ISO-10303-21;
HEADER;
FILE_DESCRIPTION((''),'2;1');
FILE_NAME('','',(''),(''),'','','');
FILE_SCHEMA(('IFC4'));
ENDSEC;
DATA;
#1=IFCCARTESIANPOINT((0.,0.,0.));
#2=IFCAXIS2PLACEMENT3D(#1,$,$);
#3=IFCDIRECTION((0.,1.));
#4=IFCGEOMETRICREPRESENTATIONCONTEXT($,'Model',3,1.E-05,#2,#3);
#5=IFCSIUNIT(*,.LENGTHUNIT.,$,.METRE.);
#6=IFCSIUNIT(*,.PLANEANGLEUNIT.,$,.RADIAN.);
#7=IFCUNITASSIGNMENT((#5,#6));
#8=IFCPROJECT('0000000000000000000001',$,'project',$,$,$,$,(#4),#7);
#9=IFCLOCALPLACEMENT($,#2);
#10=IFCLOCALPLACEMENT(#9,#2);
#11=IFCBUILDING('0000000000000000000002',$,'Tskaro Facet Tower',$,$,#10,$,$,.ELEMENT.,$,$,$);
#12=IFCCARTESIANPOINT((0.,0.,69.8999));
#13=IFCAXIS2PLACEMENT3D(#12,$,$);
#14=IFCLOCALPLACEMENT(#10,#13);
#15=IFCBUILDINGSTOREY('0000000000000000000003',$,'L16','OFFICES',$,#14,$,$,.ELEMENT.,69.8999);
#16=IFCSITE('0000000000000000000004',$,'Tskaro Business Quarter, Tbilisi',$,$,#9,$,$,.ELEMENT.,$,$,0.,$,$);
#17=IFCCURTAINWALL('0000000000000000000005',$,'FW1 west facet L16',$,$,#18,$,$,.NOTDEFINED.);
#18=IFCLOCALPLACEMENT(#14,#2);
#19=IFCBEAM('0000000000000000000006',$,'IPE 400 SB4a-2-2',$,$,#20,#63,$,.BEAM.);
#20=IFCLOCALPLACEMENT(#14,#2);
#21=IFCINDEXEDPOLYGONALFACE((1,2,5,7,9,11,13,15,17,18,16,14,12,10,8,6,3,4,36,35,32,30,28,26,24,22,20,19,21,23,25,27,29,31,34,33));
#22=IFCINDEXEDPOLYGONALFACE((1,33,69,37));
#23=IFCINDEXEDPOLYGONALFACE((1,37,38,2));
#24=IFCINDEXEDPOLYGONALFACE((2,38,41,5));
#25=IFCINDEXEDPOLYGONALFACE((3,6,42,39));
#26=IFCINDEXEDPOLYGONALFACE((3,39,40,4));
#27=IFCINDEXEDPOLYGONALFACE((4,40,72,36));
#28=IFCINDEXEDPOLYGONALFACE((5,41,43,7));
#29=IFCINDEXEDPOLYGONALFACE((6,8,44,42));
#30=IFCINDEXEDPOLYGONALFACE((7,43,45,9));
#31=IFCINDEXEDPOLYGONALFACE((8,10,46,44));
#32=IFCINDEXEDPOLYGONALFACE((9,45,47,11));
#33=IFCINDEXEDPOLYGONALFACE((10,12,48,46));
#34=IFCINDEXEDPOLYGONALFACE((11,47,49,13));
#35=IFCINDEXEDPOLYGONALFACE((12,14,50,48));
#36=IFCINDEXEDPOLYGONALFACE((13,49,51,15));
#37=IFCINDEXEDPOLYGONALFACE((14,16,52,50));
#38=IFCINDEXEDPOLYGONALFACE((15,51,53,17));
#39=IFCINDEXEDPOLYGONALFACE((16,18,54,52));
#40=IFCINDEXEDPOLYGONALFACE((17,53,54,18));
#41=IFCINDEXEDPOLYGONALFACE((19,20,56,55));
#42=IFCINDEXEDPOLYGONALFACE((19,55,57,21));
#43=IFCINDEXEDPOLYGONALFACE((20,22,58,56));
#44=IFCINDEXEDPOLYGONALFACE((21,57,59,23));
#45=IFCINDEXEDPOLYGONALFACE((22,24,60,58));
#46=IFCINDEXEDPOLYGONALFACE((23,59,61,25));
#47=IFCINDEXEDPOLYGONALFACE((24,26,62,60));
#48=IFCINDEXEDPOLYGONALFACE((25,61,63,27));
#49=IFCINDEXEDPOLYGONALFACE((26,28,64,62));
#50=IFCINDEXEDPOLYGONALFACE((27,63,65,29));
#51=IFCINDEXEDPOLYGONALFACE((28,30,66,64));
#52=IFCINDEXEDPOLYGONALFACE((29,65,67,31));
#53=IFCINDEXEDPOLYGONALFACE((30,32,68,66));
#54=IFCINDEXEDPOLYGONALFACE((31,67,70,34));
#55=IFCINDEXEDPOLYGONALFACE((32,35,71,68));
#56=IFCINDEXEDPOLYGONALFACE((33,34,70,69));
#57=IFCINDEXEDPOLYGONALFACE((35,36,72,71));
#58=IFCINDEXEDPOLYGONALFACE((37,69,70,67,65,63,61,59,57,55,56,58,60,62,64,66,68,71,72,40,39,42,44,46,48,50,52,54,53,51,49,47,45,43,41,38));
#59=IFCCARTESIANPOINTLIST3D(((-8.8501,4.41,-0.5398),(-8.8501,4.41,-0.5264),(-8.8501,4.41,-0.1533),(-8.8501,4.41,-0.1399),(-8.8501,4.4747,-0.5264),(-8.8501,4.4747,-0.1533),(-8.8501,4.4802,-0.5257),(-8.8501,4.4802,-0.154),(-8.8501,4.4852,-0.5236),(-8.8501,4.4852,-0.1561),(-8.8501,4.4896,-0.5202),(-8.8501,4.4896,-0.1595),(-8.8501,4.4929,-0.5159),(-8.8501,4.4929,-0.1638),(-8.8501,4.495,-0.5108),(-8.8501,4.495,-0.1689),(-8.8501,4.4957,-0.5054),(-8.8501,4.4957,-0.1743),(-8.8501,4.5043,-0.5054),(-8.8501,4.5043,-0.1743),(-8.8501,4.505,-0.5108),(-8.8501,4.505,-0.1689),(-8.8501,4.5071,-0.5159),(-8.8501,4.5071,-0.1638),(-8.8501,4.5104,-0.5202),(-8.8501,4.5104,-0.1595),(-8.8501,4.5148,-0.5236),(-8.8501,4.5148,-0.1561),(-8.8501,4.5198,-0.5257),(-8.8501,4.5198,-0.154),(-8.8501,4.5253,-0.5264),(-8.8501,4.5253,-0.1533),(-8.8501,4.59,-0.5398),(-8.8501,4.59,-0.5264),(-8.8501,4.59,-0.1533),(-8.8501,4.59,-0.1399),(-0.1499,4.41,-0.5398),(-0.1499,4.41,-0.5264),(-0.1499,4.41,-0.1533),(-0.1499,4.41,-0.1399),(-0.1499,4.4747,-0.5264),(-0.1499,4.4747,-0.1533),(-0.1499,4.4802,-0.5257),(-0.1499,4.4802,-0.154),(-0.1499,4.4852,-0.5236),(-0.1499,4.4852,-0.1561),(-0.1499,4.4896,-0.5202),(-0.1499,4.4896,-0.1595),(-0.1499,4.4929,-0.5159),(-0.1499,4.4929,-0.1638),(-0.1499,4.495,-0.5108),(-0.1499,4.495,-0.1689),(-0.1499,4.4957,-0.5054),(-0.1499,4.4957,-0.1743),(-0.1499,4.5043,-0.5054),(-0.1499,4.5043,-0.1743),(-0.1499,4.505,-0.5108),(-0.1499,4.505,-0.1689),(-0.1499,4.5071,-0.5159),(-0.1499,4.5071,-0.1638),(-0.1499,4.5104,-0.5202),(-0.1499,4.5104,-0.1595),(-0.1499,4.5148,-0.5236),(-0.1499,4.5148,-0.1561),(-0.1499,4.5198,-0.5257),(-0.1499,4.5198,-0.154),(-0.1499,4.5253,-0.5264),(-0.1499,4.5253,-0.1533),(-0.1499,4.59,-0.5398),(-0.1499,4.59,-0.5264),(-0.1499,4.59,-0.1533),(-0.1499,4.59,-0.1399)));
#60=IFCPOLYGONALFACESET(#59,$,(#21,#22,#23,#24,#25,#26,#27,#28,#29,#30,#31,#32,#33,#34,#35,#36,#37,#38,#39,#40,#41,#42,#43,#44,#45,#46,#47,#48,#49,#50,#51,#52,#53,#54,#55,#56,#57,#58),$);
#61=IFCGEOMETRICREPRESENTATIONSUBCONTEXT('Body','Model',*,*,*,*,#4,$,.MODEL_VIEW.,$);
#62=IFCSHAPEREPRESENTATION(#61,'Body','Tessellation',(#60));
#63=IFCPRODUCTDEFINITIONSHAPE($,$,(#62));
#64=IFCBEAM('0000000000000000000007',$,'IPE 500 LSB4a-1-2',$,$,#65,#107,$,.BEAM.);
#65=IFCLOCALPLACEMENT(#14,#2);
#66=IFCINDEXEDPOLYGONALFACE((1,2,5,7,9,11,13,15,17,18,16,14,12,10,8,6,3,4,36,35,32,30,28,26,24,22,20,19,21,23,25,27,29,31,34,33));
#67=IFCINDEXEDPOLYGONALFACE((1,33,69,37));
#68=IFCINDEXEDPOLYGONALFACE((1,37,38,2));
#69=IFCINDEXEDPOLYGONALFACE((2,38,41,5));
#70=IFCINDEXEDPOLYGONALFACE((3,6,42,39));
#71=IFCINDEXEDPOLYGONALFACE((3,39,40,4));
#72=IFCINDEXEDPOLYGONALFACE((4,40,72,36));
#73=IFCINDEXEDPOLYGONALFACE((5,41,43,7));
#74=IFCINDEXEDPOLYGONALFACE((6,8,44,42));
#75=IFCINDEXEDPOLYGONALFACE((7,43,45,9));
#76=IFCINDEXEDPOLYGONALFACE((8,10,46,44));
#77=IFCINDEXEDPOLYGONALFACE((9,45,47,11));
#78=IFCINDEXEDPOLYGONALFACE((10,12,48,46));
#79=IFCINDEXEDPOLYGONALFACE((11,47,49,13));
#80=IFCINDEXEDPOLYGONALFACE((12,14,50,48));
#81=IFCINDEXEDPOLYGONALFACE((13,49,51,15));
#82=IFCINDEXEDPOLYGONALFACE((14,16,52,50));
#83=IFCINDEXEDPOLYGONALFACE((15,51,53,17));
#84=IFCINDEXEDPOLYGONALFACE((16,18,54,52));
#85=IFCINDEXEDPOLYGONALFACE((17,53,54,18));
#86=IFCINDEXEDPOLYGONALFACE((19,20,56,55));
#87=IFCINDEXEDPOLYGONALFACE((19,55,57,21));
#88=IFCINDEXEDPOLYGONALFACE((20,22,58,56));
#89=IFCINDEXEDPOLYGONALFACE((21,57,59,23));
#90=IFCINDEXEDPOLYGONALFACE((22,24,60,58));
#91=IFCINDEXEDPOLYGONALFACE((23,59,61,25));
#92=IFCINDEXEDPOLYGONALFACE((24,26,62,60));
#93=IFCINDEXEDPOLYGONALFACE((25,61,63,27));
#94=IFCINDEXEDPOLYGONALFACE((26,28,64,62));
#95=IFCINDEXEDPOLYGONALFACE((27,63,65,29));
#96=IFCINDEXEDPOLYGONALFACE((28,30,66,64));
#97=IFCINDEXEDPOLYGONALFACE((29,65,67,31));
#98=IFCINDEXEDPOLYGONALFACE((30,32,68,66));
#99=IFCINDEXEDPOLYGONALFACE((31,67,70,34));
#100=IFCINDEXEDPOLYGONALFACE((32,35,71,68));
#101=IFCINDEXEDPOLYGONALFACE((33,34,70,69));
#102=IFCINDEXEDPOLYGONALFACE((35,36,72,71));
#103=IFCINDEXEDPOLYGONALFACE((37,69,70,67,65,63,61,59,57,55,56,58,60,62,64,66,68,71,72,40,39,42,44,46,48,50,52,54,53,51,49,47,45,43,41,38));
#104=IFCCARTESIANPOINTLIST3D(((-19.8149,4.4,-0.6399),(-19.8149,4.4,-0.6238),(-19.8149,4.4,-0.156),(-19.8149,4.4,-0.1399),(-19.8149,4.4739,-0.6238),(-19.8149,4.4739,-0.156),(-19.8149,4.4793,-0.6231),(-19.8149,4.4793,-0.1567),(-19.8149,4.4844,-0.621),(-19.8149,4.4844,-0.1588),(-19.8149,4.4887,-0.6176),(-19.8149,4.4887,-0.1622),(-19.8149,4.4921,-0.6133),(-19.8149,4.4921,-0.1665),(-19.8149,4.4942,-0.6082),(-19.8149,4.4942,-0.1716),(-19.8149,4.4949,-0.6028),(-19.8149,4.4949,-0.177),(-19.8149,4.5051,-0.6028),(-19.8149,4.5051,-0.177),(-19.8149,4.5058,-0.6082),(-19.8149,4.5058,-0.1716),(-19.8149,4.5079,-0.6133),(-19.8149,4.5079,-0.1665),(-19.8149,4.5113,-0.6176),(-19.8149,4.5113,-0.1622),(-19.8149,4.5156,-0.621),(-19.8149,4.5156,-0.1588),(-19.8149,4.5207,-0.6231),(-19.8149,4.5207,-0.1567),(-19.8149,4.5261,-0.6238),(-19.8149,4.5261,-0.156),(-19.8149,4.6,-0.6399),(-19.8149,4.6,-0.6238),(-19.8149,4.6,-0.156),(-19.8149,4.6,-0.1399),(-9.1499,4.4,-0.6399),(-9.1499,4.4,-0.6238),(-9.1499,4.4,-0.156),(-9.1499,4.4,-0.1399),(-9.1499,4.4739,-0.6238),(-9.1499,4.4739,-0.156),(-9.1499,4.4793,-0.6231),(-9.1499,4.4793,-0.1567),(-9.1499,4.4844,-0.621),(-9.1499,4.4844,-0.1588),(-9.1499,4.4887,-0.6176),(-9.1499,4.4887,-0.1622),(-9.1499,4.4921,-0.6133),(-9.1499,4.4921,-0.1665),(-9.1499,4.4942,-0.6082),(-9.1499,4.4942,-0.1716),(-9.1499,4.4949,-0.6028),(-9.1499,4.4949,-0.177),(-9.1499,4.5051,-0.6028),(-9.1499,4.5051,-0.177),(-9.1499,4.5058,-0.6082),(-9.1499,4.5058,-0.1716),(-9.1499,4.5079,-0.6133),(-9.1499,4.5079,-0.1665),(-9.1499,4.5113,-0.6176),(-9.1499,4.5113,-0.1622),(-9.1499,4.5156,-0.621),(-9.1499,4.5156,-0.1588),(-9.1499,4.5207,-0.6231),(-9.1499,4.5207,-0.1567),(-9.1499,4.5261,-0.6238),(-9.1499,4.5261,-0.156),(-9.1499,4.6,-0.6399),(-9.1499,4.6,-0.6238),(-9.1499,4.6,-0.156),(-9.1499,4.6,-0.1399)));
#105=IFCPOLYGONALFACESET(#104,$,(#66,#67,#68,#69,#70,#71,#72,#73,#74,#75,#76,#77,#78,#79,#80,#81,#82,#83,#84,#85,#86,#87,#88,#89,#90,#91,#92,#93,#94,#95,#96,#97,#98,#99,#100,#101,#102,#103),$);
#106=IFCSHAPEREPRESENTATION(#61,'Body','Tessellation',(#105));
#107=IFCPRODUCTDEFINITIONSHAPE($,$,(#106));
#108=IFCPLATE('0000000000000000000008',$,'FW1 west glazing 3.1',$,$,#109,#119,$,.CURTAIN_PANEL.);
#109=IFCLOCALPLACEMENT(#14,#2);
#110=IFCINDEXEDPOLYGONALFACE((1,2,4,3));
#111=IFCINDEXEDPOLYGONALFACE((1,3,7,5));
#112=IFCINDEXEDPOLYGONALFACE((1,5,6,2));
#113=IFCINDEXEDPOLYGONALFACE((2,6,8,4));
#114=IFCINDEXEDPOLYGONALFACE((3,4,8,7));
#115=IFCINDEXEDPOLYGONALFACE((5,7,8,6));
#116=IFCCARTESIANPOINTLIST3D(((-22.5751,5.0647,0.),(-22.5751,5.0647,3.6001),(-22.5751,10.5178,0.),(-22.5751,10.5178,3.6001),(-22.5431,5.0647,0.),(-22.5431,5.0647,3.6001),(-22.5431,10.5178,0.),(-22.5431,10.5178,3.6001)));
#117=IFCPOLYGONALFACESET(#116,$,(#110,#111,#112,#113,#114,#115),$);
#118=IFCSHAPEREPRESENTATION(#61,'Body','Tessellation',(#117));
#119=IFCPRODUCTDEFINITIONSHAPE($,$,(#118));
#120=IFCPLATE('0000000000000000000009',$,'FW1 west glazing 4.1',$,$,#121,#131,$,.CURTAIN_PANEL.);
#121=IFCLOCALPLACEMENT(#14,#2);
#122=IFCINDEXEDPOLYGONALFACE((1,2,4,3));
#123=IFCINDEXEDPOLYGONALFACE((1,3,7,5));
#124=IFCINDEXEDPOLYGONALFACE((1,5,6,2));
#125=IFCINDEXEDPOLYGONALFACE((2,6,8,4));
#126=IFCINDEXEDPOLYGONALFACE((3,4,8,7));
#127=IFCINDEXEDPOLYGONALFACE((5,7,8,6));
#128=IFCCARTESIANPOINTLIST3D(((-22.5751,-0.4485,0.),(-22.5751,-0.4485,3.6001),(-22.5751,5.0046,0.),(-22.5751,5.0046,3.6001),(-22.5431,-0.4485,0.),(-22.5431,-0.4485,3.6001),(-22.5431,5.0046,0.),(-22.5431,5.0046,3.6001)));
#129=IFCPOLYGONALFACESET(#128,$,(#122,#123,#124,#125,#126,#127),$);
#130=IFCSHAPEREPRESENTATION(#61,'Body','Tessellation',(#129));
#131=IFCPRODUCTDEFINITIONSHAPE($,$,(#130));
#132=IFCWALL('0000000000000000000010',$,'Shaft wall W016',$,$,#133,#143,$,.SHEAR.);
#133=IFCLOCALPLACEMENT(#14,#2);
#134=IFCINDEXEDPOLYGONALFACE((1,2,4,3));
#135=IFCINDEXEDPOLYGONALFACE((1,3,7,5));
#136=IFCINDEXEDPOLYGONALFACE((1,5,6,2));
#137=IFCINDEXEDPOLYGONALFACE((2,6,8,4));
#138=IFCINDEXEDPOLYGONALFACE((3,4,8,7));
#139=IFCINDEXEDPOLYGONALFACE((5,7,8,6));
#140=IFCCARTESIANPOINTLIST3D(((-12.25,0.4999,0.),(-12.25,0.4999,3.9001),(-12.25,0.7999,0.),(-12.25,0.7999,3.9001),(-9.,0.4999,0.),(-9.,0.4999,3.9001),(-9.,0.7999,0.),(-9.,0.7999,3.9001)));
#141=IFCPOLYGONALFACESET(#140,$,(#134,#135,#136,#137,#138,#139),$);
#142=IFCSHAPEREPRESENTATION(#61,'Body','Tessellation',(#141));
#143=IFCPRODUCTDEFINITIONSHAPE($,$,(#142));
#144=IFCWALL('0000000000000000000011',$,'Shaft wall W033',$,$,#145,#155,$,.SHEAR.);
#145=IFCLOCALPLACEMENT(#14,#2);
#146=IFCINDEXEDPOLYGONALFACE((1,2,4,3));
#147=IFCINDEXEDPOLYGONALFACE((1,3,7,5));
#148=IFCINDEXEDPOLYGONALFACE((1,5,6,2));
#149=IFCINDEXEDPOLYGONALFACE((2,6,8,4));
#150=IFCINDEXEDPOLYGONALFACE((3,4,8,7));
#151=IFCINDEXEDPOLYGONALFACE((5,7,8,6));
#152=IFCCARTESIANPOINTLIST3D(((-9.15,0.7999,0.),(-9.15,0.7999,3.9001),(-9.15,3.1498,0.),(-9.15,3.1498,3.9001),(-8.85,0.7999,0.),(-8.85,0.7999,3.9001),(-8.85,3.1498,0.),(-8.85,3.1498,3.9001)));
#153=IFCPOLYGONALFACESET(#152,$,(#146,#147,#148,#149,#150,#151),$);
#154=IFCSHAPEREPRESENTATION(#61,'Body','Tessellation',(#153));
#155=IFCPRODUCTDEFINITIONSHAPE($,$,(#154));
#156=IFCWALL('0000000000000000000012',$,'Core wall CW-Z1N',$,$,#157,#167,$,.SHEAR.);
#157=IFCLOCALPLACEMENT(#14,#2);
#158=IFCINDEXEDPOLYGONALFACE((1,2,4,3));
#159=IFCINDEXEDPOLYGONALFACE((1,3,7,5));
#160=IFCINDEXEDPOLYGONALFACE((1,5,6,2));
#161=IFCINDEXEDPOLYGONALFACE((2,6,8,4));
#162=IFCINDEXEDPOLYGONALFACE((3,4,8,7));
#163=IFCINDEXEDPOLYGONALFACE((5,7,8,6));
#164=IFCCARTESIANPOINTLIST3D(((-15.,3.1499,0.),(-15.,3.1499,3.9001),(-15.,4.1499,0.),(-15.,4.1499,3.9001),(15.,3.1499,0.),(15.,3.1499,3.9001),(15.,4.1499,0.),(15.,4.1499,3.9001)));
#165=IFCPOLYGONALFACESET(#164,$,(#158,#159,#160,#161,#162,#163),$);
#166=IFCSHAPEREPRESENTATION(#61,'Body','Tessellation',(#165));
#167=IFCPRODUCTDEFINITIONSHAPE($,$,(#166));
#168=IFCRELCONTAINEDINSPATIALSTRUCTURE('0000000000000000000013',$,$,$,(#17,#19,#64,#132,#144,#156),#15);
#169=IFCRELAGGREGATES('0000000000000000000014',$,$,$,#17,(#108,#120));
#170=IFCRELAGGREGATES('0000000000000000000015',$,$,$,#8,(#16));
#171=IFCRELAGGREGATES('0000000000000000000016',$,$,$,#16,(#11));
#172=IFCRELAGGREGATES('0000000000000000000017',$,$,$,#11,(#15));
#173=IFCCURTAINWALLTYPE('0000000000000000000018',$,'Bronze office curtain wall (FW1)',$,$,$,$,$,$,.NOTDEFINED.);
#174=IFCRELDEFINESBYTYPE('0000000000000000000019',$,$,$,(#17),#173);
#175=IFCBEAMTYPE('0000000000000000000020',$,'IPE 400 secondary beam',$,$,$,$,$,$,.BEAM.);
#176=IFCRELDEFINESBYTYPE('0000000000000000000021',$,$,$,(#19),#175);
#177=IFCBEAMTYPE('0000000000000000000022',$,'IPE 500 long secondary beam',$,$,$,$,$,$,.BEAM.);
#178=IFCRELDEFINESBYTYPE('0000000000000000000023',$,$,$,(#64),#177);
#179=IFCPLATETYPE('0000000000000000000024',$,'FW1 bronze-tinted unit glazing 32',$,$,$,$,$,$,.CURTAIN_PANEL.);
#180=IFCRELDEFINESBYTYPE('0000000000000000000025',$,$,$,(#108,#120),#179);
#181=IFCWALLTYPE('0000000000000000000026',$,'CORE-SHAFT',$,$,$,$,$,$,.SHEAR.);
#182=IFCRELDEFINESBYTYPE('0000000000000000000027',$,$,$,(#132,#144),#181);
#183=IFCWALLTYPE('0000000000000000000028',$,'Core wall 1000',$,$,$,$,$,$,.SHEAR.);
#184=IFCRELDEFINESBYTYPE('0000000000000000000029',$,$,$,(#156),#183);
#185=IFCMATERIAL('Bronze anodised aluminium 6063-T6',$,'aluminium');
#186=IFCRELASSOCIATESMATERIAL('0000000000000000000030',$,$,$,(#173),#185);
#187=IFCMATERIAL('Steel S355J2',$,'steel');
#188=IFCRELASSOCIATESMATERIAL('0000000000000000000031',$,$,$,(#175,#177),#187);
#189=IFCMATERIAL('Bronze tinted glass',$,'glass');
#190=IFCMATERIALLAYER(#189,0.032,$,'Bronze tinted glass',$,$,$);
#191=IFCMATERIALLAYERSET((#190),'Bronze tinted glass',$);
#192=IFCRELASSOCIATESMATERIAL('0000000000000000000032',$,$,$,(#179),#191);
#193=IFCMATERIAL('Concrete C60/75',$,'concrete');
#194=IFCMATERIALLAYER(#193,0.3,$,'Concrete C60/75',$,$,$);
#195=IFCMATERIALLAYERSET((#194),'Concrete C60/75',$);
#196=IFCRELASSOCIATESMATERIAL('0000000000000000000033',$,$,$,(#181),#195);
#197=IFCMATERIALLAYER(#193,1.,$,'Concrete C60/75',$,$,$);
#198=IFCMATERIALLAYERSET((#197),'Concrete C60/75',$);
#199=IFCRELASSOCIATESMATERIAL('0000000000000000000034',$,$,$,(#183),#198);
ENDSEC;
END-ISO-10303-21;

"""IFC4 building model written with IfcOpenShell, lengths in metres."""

from ifc_helpers import new_model, si_unit, direction, frame, frame_2d, origin, origin_2d, place, context, subcontext, project, spatial, rectangle, i_section, extrude, material, layer, layer_set, material_profile, profile_set, type_object, element, aggregate, save


model = new_model("IFC4")

# Units and contexts
model_context = context("Model", 3, precision=1e-05, world=origin(), true_north=direction((0.0, 1.0)))
body_context = subcontext(model_context, "Body", "Model", "MODEL_VIEW")
ifc_project = project(units=[si_unit("LENGTHUNIT", "METRE"), si_unit("PLANEANGLEUNIT", "RADIAN")], contexts=[model_context])

# Site, building, storey
site_placement = place(None, origin())
site = spatial("IfcSite", under=ifc_project, at=site_placement, Name="Tskaro Business Quarter, Tbilisi", CompositionType="ELEMENT", RefElevation=0.0)
building_placement = place(site_placement, origin())
building = spatial("IfcBuilding", under=site, at=building_placement, Name="Tskaro Facet Tower", CompositionType="ELEMENT")
storey_placement = place(building_placement, frame((0.0, 0.0, 69.8999)))
storey = spatial("IfcBuildingStorey", under=building, at=storey_placement, Name="L16", Description="OFFICES", CompositionType="ELEMENT", Elevation=69.8999)

# Curtain wall
ifc_material_1 = material(Name="Bronze anodised aluminium 6063-T6", Category="aluminium")
curtain_wall_type = type_object("IfcCurtainWallType", Name="Bronze office curtain wall (FW1)", PredefinedType="NOTDEFINED", material=ifc_material_1)
curtain_wall_placement = place(storey_placement, origin())
curtain_wall = element("IfcCurtainWall", 1, at=curtain_wall_placement, inside=storey, type_object=curtain_wall_type, Name="FW1 west facet L16", PredefinedType="NOTDEFINED")

# Beams
ifc_material_2 = material(Name="Steel S355J2", Category="steel")
ifc_material_profile_1 = material_profile(ifc_material_2, i_section(OverallWidth=0.1799, OverallDepth=0.3999, WebThickness=0.0085, FlangeThickness=0.0134, FilletRadius=0.021, at=origin_2d()), Name="IPE 400")
ifc_profile_set_1 = profile_set([ifc_material_profile_1], Name="Steel S355J2")
beam_type_1 = type_object("IfcBeamType", Name="IPE 400 secondary beam", PredefinedType="BEAM", material=ifc_profile_set_1)
beam_1_placement = place(storey_placement, frame((-8.8501, 4.5, -0.3398), z_axis=(1.0, 0.0, 0.0), x_axis=(0.0, 1.0, 0.0)))
element("IfcBeam", 2, at=beam_1_placement, inside=storey, type_object=beam_type_1, Name="IPE 400 SB4a-2-2", PredefinedType="BEAM", context=body_context, shape_type="SweptSolid", body=[
    extrude(i_section(OverallWidth=0.1799, OverallDepth=0.3999, WebThickness=0.0085, FlangeThickness=0.0134, FilletRadius=0.021, at=origin_2d()), origin(), (0.0, 0.0, 1.0), 8.7002),
])
ifc_material_profile_2 = material_profile(ifc_material_2, i_section(OverallWidth=0.2, OverallDepth=0.5, WebThickness=0.0103, FlangeThickness=0.0161, FilletRadius=0.021, at=origin_2d()), Name="IPE 500")
ifc_profile_set_2 = profile_set([ifc_material_profile_2], Name="Steel S355J2")
beam_type_2 = type_object("IfcBeamType", Name="IPE 500 long secondary beam", PredefinedType="BEAM", material=ifc_profile_set_2)
beam_2_placement = place(storey_placement, frame((-19.8149, 4.5, -0.3899), z_axis=(1.0, 0.0, 0.0), x_axis=(0.0, 1.0, 0.0)))
element("IfcBeam", 3, at=beam_2_placement, inside=storey, type_object=beam_type_2, Name="IPE 500 LSB4a-1-2", PredefinedType="BEAM", context=body_context, shape_type="SweptSolid", body=[
    extrude(i_section(OverallWidth=0.2, OverallDepth=0.5, WebThickness=0.0103, FlangeThickness=0.0161, FilletRadius=0.021, at=origin_2d()), origin(), (0.0, 0.0, 1.0), 10.665),
])

# Plates
ifc_material_3 = material(Name="Bronze tinted glass", Category="glass")
ifc_layer_1 = layer(ifc_material_3, 0.032, Name="Bronze tinted glass")
ifc_layer_set_1 = layer_set([ifc_layer_1], Name="Bronze tinted glass")
plate_type = type_object("IfcPlateType", Name="FW1 bronze-tinted unit glazing 32", PredefinedType="CURTAIN_PANEL", material=ifc_layer_set_1)
plate_1_placement = place(storey_placement, frame((-22.5591, 7.7913, 0.0), z_axis=(0.0, 0.0, 1.0), x_axis=(0.0, -1.0, 0.0)))
plate_1 = element("IfcPlate", 4, at=plate_1_placement, type_object=plate_type, Name="FW1 west glazing 3.1", PredefinedType="CURTAIN_PANEL", context=body_context, shape_type="SweptSolid", body=[
    extrude(rectangle(XDim=5.4531, YDim=0.032, at=origin_2d()), origin(), (0.0, 0.0, 1.0), 3.6001),
])
plate_2_placement = place(storey_placement, frame((-22.5591, 2.2781, 0.0), z_axis=(0.0, 0.0, 1.0), x_axis=(0.0, -1.0, 0.0)))
plate_2 = element("IfcPlate", 5, at=plate_2_placement, type_object=plate_type, Name="FW1 west glazing 4.1", PredefinedType="CURTAIN_PANEL", context=body_context, shape_type="SweptSolid", body=[
    extrude(rectangle(XDim=5.4531, YDim=0.032, at=origin_2d()), origin(), (0.0, 0.0, 1.0), 3.6001),
])
aggregate(curtain_wall, [plate_1, plate_2])

# Walls
ifc_material_4 = material(Name="Concrete C60/75", Category="concrete")
ifc_layer_2 = layer(ifc_material_4, 0.3, Name="Concrete C60/75")
ifc_layer_set_2 = layer_set([ifc_layer_2], Name="Concrete C60/75")
wall_type_1 = type_object("IfcWallType", Name="CORE-SHAFT", PredefinedType="SHEAR", material=ifc_layer_set_2)
wall_1_placement = place(storey_placement, frame((-9.0, 0.6499, 0.0), z_axis=(0.0, 0.0, 1.0), x_axis=(-1.0, 0.0, 0.0)))
element("IfcWall", 6, at=wall_1_placement, inside=storey, type_object=wall_type_1, Name="Shaft wall W016", PredefinedType="SHEAR", context=body_context, shape_type="SweptSolid", body=[
    extrude(rectangle(XDim=3.25, YDim=0.3, at=frame_2d((1.625, 0.0))), origin(), (0.0, 0.0, 1.0), 3.9001),
])
wall_2_placement = place(storey_placement, frame((-9.0, 0.8, 0.0), z_axis=(0.0, 0.0, 1.0), x_axis=(0.0, 1.0, 0.0)))
element("IfcWall", 7, at=wall_2_placement, inside=storey, type_object=wall_type_1, Name="Shaft wall W033", PredefinedType="SHEAR", context=body_context, shape_type="SweptSolid", body=[
    extrude(rectangle(XDim=2.3499, YDim=0.3, at=frame_2d((1.1748, 0.0))), origin(), (0.0, 0.0, 1.0), 3.9001),
])
ifc_layer_3 = layer(ifc_material_4, 1.0, Name="Concrete C60/75")
ifc_layer_set_3 = layer_set([ifc_layer_3], Name="Concrete C60/75")
wall_type_2 = type_object("IfcWallType", Name="Core wall 1000", PredefinedType="SHEAR", material=ifc_layer_set_3)
wall_3_placement = place(storey_placement, frame((-15.0, 3.6499, 0.0), z_axis=(0.0, 0.0, 1.0), x_axis=(1.0, 0.0, 0.0)))
element("IfcWall", 8, at=wall_3_placement, inside=storey, type_object=wall_type_2, Name="Core wall CW-Z1N", PredefinedType="SHEAR", context=body_context, shape_type="SweptSolid", body=[
    extrude(rectangle(XDim=30.0, YDim=1.0, at=frame_2d((15.0, 0.0))), origin(), (0.0, 0.0, 1.0), 3.9001),
])

save(model, "model.ifc")
